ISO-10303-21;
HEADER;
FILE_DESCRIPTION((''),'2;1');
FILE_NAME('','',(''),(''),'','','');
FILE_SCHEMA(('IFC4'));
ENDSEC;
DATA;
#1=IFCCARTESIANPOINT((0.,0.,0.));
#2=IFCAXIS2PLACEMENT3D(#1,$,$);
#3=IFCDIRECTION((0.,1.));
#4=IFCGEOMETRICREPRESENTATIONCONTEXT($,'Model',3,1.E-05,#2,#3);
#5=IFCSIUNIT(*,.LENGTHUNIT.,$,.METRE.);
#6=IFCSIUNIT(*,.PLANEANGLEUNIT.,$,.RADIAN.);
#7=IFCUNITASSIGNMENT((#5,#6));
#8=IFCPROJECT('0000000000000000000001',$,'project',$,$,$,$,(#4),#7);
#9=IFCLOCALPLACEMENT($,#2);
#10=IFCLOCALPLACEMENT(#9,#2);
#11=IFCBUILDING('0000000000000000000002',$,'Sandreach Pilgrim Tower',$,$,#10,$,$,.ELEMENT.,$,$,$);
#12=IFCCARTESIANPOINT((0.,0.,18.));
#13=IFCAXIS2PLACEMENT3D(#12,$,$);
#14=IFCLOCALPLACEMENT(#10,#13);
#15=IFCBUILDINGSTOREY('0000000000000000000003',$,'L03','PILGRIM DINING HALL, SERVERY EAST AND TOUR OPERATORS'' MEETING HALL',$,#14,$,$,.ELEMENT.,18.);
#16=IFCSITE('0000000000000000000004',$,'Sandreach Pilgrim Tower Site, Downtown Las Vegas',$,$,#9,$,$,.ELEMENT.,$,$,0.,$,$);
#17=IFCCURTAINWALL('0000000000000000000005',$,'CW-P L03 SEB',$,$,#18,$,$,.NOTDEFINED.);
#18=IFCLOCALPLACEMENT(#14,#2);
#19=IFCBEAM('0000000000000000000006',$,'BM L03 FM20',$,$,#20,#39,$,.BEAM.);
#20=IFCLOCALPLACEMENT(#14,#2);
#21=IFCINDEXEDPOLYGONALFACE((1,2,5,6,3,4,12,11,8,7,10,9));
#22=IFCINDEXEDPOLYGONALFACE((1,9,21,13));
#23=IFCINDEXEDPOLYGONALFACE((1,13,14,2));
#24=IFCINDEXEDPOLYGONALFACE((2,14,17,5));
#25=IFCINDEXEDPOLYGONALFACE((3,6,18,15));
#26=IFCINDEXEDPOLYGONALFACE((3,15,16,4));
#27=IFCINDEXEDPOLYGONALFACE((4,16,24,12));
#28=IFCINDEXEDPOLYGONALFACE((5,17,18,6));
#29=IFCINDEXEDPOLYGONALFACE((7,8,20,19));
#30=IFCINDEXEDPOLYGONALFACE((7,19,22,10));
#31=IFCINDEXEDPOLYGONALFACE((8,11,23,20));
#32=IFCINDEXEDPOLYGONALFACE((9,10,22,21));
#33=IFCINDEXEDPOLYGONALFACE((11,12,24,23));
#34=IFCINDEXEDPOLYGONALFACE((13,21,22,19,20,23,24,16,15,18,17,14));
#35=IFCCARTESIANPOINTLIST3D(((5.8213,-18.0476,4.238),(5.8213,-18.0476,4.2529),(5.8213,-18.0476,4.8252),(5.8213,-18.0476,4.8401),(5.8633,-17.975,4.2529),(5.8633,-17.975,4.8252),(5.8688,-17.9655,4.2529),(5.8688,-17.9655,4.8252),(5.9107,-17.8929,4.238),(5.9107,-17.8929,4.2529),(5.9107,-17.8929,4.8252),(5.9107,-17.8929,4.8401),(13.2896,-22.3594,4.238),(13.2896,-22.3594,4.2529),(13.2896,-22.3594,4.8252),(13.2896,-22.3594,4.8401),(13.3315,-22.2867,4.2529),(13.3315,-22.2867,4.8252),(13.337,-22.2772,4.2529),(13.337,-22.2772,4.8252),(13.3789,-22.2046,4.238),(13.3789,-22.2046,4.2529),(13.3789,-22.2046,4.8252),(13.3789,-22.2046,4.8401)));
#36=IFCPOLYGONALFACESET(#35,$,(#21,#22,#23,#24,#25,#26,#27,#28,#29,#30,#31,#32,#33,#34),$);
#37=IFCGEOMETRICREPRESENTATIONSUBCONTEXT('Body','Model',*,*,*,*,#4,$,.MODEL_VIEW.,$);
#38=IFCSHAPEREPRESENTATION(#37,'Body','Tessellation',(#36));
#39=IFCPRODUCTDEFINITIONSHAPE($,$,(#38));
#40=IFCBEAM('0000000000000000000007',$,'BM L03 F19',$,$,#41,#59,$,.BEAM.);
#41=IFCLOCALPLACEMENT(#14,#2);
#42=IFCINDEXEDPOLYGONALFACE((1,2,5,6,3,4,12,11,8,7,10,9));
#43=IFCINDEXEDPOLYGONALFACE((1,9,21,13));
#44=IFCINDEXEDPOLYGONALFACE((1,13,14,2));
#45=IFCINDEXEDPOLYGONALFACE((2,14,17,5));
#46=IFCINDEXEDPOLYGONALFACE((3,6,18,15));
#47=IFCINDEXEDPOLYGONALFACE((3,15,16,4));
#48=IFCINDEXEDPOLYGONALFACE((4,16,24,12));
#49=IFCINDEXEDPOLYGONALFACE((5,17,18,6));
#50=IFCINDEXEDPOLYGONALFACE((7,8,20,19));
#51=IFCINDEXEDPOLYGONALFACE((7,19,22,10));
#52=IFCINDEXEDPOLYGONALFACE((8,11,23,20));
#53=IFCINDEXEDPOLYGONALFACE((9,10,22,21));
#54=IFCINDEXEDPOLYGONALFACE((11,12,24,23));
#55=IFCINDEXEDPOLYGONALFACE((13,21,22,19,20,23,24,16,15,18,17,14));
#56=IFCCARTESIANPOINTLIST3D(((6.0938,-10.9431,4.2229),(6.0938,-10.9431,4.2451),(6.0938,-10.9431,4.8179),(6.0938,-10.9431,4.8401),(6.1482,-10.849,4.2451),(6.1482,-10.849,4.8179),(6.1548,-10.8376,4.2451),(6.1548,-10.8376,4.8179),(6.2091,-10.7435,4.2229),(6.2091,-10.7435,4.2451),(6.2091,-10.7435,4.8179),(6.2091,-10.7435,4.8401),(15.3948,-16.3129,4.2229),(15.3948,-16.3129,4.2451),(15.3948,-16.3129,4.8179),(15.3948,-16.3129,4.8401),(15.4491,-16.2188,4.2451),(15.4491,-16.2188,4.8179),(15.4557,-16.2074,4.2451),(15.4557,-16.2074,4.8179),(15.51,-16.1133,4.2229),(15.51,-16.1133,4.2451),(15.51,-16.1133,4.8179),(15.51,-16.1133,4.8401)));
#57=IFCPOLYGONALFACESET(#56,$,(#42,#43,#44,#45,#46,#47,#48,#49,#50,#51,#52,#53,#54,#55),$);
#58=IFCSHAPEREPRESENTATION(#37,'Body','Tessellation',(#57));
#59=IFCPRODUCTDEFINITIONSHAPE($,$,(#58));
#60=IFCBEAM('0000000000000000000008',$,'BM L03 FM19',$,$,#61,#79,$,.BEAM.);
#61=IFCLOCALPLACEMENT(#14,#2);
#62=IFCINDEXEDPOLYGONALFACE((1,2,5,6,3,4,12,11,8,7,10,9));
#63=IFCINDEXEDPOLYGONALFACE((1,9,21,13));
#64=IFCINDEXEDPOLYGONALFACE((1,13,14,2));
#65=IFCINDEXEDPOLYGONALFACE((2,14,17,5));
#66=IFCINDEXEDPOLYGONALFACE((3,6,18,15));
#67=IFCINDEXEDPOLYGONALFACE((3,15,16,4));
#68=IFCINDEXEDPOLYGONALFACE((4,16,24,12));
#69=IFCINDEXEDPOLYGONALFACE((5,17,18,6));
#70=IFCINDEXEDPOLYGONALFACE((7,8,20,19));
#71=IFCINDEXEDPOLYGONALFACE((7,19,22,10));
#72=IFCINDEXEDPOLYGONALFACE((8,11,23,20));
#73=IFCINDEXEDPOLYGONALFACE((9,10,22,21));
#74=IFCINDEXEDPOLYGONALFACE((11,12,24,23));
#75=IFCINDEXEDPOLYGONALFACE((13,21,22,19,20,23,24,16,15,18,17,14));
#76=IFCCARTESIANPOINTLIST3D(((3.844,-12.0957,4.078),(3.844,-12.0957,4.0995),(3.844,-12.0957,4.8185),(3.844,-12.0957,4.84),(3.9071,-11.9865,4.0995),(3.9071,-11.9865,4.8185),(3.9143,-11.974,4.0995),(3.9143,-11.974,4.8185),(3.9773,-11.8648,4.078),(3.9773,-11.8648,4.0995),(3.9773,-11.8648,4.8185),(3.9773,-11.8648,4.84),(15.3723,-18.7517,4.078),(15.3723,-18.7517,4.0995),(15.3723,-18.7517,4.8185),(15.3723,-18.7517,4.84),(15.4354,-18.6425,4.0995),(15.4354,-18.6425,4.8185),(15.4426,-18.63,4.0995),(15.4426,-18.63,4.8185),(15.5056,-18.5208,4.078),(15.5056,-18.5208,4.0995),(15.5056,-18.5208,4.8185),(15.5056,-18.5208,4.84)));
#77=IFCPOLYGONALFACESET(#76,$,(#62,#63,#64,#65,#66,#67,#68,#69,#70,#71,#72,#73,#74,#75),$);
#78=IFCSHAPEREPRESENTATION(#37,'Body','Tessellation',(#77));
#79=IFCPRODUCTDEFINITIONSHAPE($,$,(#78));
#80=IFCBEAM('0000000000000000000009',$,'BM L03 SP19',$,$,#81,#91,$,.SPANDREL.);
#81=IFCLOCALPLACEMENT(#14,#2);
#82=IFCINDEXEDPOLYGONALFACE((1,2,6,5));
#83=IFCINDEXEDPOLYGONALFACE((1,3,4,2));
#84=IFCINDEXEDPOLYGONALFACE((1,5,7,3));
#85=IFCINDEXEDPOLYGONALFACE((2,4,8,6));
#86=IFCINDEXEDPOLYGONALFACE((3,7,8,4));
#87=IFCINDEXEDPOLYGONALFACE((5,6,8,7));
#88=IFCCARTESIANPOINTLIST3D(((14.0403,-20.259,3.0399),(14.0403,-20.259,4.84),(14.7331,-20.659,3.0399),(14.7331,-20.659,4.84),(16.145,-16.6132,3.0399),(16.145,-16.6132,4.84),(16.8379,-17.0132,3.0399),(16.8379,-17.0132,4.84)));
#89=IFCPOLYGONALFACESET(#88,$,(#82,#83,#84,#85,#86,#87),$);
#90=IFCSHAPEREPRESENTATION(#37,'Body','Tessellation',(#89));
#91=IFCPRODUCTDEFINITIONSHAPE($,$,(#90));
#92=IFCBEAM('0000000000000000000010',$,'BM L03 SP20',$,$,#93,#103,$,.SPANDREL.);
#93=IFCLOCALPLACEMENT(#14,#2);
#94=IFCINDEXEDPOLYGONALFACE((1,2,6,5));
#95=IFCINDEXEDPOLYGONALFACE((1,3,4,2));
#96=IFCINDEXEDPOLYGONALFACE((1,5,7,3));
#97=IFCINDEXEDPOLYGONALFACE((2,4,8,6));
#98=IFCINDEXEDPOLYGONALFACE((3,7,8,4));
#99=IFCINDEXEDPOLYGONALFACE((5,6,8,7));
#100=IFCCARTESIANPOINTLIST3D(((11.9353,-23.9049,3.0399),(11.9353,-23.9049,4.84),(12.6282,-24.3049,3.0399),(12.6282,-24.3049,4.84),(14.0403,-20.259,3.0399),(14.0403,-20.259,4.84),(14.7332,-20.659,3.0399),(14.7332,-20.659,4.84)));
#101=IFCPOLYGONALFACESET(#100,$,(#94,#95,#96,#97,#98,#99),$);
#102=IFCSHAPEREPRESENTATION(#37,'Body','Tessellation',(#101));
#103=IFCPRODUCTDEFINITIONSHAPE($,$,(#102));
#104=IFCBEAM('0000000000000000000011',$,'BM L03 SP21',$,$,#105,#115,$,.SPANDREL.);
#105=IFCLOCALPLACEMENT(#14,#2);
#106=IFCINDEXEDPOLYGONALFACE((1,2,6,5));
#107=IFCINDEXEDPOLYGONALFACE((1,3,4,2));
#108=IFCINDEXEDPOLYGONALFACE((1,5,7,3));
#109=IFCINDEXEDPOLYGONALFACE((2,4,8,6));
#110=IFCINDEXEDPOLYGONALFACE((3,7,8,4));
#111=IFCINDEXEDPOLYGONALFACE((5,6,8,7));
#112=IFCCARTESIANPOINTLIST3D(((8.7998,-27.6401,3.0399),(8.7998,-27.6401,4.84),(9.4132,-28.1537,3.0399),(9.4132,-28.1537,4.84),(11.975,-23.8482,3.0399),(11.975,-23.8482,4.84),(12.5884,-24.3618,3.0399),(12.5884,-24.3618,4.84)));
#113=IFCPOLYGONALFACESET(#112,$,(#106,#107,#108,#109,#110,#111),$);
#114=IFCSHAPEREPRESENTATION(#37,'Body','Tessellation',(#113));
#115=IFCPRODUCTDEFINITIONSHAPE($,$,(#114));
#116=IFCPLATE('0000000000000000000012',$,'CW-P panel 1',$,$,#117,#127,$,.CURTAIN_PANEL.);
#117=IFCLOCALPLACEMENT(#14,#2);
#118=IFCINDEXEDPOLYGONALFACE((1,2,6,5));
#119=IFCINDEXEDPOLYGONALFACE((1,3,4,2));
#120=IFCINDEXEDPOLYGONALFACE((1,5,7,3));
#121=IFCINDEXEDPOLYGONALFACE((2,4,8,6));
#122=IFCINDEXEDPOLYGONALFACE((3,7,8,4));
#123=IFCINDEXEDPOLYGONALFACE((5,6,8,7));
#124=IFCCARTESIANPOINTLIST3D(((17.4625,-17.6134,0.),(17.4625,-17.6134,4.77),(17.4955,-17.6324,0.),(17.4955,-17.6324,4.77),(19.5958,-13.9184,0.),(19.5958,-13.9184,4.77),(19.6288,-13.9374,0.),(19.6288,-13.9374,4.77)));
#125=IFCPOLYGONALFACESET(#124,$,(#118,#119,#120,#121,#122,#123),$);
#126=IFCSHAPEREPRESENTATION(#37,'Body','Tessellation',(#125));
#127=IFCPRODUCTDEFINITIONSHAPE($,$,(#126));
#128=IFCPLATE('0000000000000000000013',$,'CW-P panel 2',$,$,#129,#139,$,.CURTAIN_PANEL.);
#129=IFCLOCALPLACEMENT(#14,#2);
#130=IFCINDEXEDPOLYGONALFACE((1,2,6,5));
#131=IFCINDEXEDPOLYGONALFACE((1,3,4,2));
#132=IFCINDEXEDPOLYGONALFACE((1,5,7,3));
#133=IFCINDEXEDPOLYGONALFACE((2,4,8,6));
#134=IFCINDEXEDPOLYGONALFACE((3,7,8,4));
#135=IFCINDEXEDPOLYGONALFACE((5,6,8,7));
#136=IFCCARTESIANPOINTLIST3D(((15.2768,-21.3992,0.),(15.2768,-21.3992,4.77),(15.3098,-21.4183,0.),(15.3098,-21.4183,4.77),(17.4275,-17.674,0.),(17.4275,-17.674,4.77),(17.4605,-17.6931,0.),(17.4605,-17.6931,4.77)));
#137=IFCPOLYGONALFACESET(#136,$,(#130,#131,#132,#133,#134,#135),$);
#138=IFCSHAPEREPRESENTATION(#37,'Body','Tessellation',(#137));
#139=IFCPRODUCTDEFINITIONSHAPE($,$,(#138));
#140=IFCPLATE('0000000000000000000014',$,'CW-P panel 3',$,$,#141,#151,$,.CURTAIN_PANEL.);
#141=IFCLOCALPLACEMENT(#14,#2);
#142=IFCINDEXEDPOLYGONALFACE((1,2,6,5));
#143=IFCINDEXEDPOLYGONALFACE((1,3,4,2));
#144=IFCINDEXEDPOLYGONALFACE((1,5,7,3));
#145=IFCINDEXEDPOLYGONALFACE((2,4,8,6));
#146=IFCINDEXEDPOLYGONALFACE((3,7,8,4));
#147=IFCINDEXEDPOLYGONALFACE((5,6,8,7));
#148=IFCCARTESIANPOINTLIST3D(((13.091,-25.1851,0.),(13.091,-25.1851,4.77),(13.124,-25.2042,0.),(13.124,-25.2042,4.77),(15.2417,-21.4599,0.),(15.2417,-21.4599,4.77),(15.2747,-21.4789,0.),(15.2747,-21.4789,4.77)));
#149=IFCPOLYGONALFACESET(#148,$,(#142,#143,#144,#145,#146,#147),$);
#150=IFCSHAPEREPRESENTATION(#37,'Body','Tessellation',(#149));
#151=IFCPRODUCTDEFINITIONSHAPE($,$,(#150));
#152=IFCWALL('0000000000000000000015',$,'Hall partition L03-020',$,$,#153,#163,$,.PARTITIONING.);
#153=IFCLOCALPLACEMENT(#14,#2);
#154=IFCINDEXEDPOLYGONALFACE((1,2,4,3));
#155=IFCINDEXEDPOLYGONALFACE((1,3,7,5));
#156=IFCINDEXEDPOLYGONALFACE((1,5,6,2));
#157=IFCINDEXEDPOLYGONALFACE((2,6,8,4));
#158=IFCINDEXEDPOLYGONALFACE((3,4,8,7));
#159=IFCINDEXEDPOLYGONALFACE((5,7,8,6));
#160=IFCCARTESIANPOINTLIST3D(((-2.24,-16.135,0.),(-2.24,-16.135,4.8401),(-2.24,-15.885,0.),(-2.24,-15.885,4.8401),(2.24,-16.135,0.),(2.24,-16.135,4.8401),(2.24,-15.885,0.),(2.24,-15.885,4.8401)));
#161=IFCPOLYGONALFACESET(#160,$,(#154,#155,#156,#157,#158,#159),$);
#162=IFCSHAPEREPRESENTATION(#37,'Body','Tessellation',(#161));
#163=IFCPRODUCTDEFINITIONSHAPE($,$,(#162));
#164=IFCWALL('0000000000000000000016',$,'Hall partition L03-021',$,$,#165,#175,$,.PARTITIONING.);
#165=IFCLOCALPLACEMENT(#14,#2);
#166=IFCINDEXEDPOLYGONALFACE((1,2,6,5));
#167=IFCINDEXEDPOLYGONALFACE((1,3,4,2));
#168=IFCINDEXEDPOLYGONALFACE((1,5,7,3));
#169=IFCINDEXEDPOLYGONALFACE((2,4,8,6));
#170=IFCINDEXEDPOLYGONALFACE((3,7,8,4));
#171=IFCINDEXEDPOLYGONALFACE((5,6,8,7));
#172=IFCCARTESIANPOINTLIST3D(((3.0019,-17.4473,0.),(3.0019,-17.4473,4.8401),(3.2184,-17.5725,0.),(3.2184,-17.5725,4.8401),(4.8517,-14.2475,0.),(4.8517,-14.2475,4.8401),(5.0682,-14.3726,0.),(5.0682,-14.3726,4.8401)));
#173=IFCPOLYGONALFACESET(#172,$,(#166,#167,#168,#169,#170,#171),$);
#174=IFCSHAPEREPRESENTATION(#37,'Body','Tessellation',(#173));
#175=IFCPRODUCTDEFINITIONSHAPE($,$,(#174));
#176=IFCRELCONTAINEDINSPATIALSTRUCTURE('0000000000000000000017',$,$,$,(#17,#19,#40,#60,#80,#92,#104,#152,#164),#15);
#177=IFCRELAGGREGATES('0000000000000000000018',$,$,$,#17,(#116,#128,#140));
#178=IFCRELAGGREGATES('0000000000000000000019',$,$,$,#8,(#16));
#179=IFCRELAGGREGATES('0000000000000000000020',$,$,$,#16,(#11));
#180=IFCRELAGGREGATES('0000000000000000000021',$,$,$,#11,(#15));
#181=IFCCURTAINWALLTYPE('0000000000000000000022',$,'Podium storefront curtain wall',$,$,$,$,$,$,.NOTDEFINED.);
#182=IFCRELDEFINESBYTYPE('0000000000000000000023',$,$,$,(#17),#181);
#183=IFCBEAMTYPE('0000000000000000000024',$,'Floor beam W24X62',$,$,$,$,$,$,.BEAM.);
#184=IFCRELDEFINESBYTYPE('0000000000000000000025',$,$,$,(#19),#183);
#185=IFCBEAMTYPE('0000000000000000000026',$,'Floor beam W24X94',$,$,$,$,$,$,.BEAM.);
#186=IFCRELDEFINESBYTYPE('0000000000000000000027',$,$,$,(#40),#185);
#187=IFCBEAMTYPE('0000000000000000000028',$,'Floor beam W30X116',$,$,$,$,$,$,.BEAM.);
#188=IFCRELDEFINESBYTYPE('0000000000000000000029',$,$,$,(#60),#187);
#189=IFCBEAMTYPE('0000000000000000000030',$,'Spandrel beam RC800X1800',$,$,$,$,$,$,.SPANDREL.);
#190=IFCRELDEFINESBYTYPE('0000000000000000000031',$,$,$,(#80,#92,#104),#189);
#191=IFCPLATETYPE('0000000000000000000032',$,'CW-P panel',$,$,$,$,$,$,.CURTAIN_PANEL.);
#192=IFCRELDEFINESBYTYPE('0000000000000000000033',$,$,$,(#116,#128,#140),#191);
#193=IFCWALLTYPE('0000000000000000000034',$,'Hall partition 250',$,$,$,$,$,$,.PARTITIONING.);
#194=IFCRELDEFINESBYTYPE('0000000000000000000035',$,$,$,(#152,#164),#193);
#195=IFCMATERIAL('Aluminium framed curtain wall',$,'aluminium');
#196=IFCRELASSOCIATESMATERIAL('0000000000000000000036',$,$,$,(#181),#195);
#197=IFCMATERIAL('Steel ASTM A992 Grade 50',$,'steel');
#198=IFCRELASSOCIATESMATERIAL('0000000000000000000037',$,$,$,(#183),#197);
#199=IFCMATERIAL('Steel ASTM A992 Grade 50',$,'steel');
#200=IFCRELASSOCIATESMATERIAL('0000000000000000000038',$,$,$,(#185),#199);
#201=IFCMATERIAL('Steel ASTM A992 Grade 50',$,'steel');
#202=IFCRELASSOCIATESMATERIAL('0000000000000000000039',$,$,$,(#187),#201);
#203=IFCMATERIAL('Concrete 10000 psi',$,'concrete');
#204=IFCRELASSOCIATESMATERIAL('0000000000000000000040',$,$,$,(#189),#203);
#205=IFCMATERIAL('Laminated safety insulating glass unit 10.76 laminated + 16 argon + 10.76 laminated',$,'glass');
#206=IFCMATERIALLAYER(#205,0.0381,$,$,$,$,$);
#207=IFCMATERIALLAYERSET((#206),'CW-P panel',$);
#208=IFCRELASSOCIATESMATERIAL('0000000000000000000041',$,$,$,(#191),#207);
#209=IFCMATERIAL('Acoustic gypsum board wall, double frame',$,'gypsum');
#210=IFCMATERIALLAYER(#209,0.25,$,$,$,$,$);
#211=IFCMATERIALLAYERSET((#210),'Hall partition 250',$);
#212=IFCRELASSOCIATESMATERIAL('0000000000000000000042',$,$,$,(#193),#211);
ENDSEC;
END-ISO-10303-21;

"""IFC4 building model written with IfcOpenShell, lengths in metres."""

from ifc_helpers import new_model, si_unit, direction, frame, frame_2d, origin, origin_2d, place, context, subcontext, project, spatial, rectangle, i_section, extrude, material, layer, layer_set, material_profile, profile_set, type_object, element, aggregate, save


model = new_model("IFC4")

# Units and contexts
model_context = context("Model", 3, precision=1e-05, world=origin(), true_north=direction((0.0, 1.0)))
body_context = subcontext(model_context, "Body", "Model", "MODEL_VIEW")
ifc_project = project(units=[si_unit("LENGTHUNIT", "METRE"), si_unit("PLANEANGLEUNIT", "RADIAN")], contexts=[model_context])

# Site, building, storey
site_placement = place(None, origin())
site = spatial("IfcSite", under=ifc_project, at=site_placement, Name="Sandreach Pilgrim Tower Site, Downtown Las Vegas", CompositionType="ELEMENT", RefElevation=0.0)
building_placement = place(site_placement, origin())
building = spatial("IfcBuilding", under=site, at=building_placement, Name="Sandreach Pilgrim Tower", CompositionType="ELEMENT")
storey_placement = place(building_placement, frame((0.0, 0.0, 18.0)))
storey = spatial("IfcBuildingStorey", under=building, at=storey_placement, Name="L03", Description="PILGRIM DINING HALL, SERVERY EAST AND TOUR OPERATORS' MEETING HALL", CompositionType="ELEMENT", Elevation=18.0)

# Curtain wall
ifc_material_1 = material(Name="Aluminium framed curtain wall", Category="aluminium")
curtain_wall_type = type_object("IfcCurtainWallType", Name="Podium storefront curtain wall", PredefinedType="NOTDEFINED", material=ifc_material_1)
curtain_wall_placement = place(storey_placement, origin())
curtain_wall = element("IfcCurtainWall", 1, at=curtain_wall_placement, inside=storey, type_object=curtain_wall_type, Name="CW-P L03 SEB", PredefinedType="NOTDEFINED")

# Beams
ifc_material_2 = material(Name="Steel ASTM A992 Grade 50", Category="steel")
ifc_material_profile_1 = material_profile(ifc_material_2, i_section(OverallWidth=0.1787, OverallDepth=0.6021, WebThickness=0.011, FlangeThickness=0.0149, at=origin_2d()), Name="W24X62")
ifc_profile_set_1 = profile_set([ifc_material_profile_1], Name="Steel ASTM A992 Grade 50")
beam_type_1 = type_object("IfcBeamType", Name="Floor beam W24X62", PredefinedType="BEAM", material=ifc_profile_set_1)
beam_1_placement = place(storey_placement, frame((13.3342, -22.282, 4.5391), z_axis=(-0.866027, 0.499997, 0.0), x_axis=(-0.499997, -0.866027, 0.0)))
element("IfcBeam", 2, at=beam_1_placement, inside=storey, type_object=beam_type_1, Name="BM L03 FM20", PredefinedType="BEAM", context=body_context, shape_type="SweptSolid", body=[
    extrude(i_section(OverallWidth=0.1787, OverallDepth=0.6021, WebThickness=0.011, FlangeThickness=0.0149, at=origin_2d()), origin(), (0.0, 0.0, 1.0), 8.6235),
])
ifc_material_3 = material(Name="Steel ASTM A992 Grade 50", Category="steel")
ifc_material_profile_2 = material_profile(ifc_material_3, i_section(OverallWidth=0.2305, OverallDepth=0.6172, WebThickness=0.0132, FlangeThickness=0.0222, at=origin_2d()), Name="W24X94")
ifc_profile_set_2 = profile_set([ifc_material_profile_2], Name="Steel ASTM A992 Grade 50")
beam_type_2 = type_object("IfcBeamType", Name="Floor beam W24X94", PredefinedType="BEAM", material=ifc_profile_set_2)
beam_2_placement = place(storey_placement, frame((15.4524, -16.2131, 4.5315), z_axis=(-0.866028, 0.499995, 0.0), x_axis=(-0.499995, -0.866028, 0.0)))
element("IfcBeam", 3, at=beam_2_placement, inside=storey, type_object=beam_type_2, Name="BM L03 F19", PredefinedType="BEAM", context=body_context, shape_type="SweptSolid", body=[
    extrude(i_section(OverallWidth=0.2305, OverallDepth=0.6172, WebThickness=0.0132, FlangeThickness=0.0222, at=origin_2d()), origin(), (0.0, 0.0, 1.0), 10.7397),
])
ifc_material_4 = material(Name="Steel ASTM A992 Grade 50", Category="steel")
ifc_material_profile_3 = material_profile(ifc_material_4, i_section(OverallWidth=0.2666, OverallDepth=0.762, WebThickness=0.0144, FlangeThickness=0.0215, at=origin_2d()), Name="W30X116")
ifc_profile_set_3 = profile_set([ifc_material_profile_3], Name="Steel ASTM A992 Grade 50")
beam_type_3 = type_object("IfcBeamType", Name="Floor beam W30X116", PredefinedType="BEAM", material=ifc_profile_set_3)
beam_3_placement = place(storey_placement, frame((15.439, -18.6362, 4.459), z_axis=(-0.866021, 0.500007, 0.0), x_axis=(-0.500007, -0.866021, 0.0)))
element("IfcBeam", 4, at=beam_3_placement, inside=storey, type_object=beam_type_3, Name="BM L03 FM19", PredefinedType="BEAM", context=body_context, shape_type="SweptSolid", body=[
    extrude(i_section(OverallWidth=0.2666, OverallDepth=0.762, WebThickness=0.0144, FlangeThickness=0.0215, at=origin_2d()), origin(), (0.0, 0.0, 1.0), 13.3118),
])
ifc_material_5 = material(Name="Concrete 10000 psi", Category="concrete")
ifc_material_profile_4 = material_profile(ifc_material_5, rectangle(XDim=0.8, YDim=1.8, at=origin_2d()), Name="RC800X1800")
ifc_profile_set_4 = profile_set([ifc_material_profile_4], Name="Concrete 10000 psi")
beam_type_4 = type_object("IfcBeamType", Name="Spandrel beam RC800X1800", PredefinedType="SPANDREL", material=ifc_profile_set_4)
beam_4_placement = place(storey_placement, frame((16.4915, -16.8132, 3.9399), z_axis=(-0.499975, -0.86604, 0.0), x_axis=(0.86604, -0.499975, 0.0)))
element("IfcBeam", 5, at=beam_4_placement, inside=storey, type_object=beam_type_4, Name="BM L03 SP19", PredefinedType="SPANDREL", context=body_context, shape_type="SweptSolid", body=[
    extrude(rectangle(XDim=0.8, YDim=1.8, at=origin_2d()), origin(), (0.0, 0.0, 1.0), 4.2097),
])
beam_5_placement = place(storey_placement, frame((14.3867, -20.459, 3.9399), z_axis=(-0.499994, -0.866029, 0.0), x_axis=(0.866029, -0.499994, 0.0)))
element("IfcBeam", 6, at=beam_5_placement, inside=storey, type_object=beam_type_4, Name="BM L03 SP20", PredefinedType="SPANDREL", context=body_context, shape_type="SweptSolid", body=[
    extrude(rectangle(XDim=0.8, YDim=1.8, at=origin_2d()), origin(), (0.0, 0.0, 1.0), 4.21),
])
beam_6_placement = place(storey_placement, frame((12.2817, -24.105, 3.9399), z_axis=(-0.642008, -0.766698, 0.0), x_axis=(0.766698, -0.642008, 0.0)))
element("IfcBeam", 7, at=beam_6_placement, inside=storey, type_object=beam_type_4, Name="BM L03 SP21", PredefinedType="SPANDREL", context=body_context, shape_type="SweptSolid", body=[
    extrude(rectangle(XDim=0.8, YDim=1.8, at=origin_2d()), origin(), (0.0, 0.0, 1.0), 4.9458),
])

# Plates
ifc_material_6 = material(Name="Laminated safety insulating glass unit 10.76 laminated + 16 argon + 10.76 laminated", Category="glass")
ifc_layer_1 = layer(ifc_material_6, 0.0381)
ifc_layer_set_1 = layer_set([ifc_layer_1], Name="CW-P panel")
plate_type = type_object("IfcPlateType", Name="CW-P panel", PredefinedType="CURTAIN_PANEL", material=ifc_layer_set_1)
plate_1_placement = place(storey_placement, frame((18.5457, -15.7754, 0.0), z_axis=(0.0, 0.0, 1.0), x_axis=(-0.5, -0.866025, 0.0)))
plate_1 = element("IfcPlate", 8, at=plate_1_placement, type_object=plate_type, Name="CW-P panel 1", PredefinedType="CURTAIN_PANEL", context=body_context, shape_type="SweptSolid", body=[
    extrude(rectangle(XDim=4.2666, YDim=0.0381, at=origin_2d()), origin(), (0.0, 0.0, 1.0), 4.77),
])
plate_2_placement = place(storey_placement, frame((16.3687, -19.5461, 0.0), z_axis=(0.0, 0.0, 1.0), x_axis=(-0.5, -0.866025, 0.0)))
plate_2 = element("IfcPlate", 9, at=plate_2_placement, type_object=plate_type, Name="CW-P panel 2", PredefinedType="CURTAIN_PANEL", context=body_context, shape_type="SweptSolid", body=[
    extrude(rectangle(XDim=4.3015, YDim=0.0381, at=origin_2d()), origin(), (0.0, 0.0, 1.0), 4.77),
])
plate_3_placement = place(storey_placement, frame((14.1829, -23.332, 0.0), z_axis=(0.0, 0.0, 1.0), x_axis=(-0.5, -0.866025, 0.0)))
plate_3 = element("IfcPlate", 10, at=plate_3_placement, type_object=plate_type, Name="CW-P panel 3", PredefinedType="CURTAIN_PANEL", context=body_context, shape_type="SweptSolid", body=[
    extrude(rectangle(XDim=4.3015, YDim=0.0381, at=origin_2d()), origin(), (0.0, 0.0, 1.0), 4.77),
])
aggregate(curtain_wall, [plate_1, plate_2, plate_3])

# Walls
ifc_material_7 = material(Name="Acoustic gypsum board wall, double frame", Category="gypsum")
ifc_layer_2 = layer(ifc_material_7, 0.25)
ifc_layer_set_2 = layer_set([ifc_layer_2], Name="Hall partition 250")
wall_type_1 = type_object("IfcWallType", Name="Hall partition 250", PredefinedType="PARTITIONING", material=ifc_layer_set_2)
wall_1_placement = place(storey_placement, frame((2.24, -16.01, 0.0), z_axis=(0.0, 0.0, 1.0), x_axis=(-1.0, 0.0, 0.0)))
element("IfcWall", 11, at=wall_1_placement, inside=storey, type_object=wall_type_1, Name="Hall partition L03-020", PredefinedType="PARTITIONING", context=body_context, shape_type="SweptSolid", body=[
    extrude(rectangle(XDim=4.48, YDim=0.25, at=frame_2d((2.24, 0.0))), origin(), (0.0, 0.0, 1.0), 4.8401),
])
wall_2_placement = place(storey_placement, frame((3.1101, -17.51, 0.0), z_axis=(0.0, 0.0, 1.0), x_axis=(0.500479, 0.865749, 0.0)))
element("IfcWall", 12, at=wall_2_placement, inside=storey, type_object=wall_type_1, Name="Hall partition L03-021", PredefinedType="PARTITIONING", context=body_context, shape_type="SweptSolid", body=[
    extrude(rectangle(XDim=3.696, YDim=0.25, at=frame_2d((1.8481, 0.0))), origin(), (0.0, 0.0, 1.0), 4.8401),
])

save(model, "model.ifc")
